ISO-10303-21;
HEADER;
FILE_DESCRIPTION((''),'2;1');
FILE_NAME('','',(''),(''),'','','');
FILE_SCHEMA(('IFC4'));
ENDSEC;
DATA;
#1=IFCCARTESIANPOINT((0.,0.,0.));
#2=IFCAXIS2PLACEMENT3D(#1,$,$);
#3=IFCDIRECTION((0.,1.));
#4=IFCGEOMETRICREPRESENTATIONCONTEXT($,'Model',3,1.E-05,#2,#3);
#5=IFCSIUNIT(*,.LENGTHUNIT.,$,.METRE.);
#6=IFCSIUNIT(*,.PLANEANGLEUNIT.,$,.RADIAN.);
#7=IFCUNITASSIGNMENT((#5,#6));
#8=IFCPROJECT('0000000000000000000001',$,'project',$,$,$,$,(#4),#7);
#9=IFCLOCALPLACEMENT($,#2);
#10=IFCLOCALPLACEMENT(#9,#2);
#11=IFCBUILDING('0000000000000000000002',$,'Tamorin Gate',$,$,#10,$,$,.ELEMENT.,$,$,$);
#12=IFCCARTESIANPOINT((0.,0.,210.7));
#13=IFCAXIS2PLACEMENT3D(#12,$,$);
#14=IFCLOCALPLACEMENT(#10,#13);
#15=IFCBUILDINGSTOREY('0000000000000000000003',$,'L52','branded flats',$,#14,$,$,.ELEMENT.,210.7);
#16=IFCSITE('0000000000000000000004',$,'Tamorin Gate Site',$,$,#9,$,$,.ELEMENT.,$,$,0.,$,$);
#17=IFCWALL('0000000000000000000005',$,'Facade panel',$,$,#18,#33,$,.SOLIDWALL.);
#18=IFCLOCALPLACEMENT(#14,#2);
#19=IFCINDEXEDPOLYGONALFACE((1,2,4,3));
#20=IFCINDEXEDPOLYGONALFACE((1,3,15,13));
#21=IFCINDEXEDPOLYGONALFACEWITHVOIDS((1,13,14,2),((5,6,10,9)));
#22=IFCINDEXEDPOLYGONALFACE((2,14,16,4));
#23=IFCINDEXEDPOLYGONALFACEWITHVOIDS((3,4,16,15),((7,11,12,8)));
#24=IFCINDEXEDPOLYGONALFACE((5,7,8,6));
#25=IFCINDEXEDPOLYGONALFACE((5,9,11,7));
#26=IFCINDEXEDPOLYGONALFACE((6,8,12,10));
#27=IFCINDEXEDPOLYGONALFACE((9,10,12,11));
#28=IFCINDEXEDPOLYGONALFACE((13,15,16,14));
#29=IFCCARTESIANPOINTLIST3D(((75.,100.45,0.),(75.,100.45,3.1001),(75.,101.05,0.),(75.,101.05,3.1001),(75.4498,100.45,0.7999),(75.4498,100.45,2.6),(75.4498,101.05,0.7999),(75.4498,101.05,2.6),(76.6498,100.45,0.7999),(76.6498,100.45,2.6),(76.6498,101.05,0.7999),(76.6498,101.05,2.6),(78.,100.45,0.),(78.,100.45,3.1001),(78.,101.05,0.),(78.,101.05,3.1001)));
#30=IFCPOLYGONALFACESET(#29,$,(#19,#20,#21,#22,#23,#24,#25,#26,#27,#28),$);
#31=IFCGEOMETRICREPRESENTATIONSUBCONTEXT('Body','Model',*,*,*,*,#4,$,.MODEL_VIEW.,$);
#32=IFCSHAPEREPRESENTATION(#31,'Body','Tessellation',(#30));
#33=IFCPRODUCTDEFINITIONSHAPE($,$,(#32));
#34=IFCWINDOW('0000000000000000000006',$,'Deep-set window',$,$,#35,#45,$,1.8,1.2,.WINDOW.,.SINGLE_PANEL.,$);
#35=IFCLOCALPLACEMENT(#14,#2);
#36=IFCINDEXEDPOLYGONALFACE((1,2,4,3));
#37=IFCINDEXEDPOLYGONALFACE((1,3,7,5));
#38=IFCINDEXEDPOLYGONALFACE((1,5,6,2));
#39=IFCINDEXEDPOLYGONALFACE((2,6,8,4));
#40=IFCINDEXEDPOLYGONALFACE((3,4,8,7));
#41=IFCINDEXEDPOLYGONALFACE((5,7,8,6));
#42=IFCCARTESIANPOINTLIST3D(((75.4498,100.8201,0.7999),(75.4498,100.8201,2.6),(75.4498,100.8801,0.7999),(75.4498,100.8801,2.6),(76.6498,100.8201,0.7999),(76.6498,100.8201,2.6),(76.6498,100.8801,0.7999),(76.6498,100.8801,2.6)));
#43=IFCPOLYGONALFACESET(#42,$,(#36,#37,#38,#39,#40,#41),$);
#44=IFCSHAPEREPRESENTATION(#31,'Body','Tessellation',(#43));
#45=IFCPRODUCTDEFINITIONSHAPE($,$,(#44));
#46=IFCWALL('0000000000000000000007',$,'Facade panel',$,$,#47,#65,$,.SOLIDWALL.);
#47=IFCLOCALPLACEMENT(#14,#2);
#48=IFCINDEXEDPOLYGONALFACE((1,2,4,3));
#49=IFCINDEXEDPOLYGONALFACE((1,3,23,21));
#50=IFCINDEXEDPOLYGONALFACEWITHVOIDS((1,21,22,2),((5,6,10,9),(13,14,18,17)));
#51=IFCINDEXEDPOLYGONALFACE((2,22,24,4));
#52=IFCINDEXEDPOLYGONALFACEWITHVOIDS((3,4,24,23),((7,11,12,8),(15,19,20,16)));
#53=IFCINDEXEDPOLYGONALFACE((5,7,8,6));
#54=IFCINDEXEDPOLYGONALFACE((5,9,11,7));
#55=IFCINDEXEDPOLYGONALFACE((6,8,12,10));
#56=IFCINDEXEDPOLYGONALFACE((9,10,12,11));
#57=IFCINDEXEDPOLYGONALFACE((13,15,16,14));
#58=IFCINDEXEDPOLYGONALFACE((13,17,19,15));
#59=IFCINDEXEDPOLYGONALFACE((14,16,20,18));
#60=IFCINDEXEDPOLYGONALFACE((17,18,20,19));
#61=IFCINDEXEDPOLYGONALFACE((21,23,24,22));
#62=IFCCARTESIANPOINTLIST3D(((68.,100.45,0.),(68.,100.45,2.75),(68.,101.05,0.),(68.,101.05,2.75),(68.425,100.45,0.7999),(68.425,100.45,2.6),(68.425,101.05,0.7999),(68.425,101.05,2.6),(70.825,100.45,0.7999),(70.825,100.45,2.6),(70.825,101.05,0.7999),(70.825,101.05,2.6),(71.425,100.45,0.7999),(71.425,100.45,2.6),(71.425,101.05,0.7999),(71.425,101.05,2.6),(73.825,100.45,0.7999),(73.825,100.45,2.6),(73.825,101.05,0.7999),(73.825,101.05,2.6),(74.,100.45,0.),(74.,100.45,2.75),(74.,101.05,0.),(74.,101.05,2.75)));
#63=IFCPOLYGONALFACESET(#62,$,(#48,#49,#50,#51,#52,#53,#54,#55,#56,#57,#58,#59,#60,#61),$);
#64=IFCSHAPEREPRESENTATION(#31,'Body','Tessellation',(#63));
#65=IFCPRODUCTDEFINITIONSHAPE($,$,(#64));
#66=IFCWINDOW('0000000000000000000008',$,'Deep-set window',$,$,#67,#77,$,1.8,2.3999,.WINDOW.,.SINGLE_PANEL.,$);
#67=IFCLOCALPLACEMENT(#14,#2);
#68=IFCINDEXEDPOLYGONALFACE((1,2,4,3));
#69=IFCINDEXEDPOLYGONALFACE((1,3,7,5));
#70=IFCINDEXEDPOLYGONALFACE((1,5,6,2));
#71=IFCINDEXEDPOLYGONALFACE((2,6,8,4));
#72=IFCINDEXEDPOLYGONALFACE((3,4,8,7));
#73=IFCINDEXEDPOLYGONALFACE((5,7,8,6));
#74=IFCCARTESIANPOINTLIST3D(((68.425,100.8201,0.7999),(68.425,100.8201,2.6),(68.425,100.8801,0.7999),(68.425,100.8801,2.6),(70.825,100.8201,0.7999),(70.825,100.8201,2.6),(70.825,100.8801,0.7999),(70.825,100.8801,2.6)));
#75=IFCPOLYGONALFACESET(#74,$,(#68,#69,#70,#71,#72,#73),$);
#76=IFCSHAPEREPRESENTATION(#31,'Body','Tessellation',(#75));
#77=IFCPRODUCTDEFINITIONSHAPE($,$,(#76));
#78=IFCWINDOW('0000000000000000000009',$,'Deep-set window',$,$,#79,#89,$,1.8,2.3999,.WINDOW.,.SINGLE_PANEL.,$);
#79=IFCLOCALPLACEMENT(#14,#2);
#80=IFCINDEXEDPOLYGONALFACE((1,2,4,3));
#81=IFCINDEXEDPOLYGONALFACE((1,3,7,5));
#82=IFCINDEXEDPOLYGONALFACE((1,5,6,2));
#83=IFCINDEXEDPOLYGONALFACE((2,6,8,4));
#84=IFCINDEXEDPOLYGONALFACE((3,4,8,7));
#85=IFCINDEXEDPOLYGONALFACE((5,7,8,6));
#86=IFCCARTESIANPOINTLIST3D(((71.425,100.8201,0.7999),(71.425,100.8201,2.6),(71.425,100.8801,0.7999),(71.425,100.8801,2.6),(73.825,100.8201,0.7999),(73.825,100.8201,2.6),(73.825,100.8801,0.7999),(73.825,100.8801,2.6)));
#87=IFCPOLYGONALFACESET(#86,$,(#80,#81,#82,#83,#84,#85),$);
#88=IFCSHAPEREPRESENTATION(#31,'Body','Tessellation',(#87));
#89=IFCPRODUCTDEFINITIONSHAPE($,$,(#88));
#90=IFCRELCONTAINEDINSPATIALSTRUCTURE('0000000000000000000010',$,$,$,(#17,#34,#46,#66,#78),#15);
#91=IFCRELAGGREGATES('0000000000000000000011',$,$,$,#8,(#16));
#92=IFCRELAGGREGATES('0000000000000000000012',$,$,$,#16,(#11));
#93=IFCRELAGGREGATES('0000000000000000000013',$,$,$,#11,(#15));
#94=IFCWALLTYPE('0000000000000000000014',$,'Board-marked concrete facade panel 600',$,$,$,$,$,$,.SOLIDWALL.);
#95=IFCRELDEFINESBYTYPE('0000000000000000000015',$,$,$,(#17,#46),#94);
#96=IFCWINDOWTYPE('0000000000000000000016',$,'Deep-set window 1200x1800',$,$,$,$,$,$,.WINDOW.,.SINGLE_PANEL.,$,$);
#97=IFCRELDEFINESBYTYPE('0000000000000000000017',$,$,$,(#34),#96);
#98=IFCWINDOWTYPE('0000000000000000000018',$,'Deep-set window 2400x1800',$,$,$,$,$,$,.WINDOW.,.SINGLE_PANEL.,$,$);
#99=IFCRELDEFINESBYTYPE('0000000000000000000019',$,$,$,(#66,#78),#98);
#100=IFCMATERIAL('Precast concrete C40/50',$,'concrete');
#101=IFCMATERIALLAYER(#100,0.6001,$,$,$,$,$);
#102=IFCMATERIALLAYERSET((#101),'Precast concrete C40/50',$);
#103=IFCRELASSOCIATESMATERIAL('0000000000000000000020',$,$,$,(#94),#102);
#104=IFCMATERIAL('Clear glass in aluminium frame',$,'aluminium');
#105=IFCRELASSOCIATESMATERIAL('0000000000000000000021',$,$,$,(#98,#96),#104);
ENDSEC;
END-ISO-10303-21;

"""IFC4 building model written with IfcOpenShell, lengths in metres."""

from ifc_helpers import new_model, si_unit, direction, frame, frame_2d, origin, place, context, subcontext, project, spatial, rectangle, extrude, material, layer, layer_set, type_object, element, fill, save


model = new_model("IFC4")

# Units and contexts
model_context = context("Model", 3, precision=1e-05, world=origin(), true_north=direction((0.0, 1.0)))
body_context = subcontext(model_context, "Body", "Model", "MODEL_VIEW")
ifc_project = project(units=[si_unit("LENGTHUNIT", "METRE"), si_unit("PLANEANGLEUNIT", "RADIAN")], contexts=[model_context])

# Site, building, storey
site_placement = place(None, origin())
site = spatial("IfcSite", under=ifc_project, at=site_placement, Name="Tamorin Gate Site", CompositionType="ELEMENT", RefElevation=0.0)
building_placement = place(site_placement, origin())
building = spatial("IfcBuilding", under=site, at=building_placement, Name="Tamorin Gate", CompositionType="ELEMENT")
storey_placement = place(building_placement, frame((0.0, 0.0, 210.7)))
storey = spatial("IfcBuildingStorey", under=building, at=storey_placement, Name="L52", Description="branded flats", CompositionType="ELEMENT", Elevation=210.7)

# Shared definitions
ifc_material_1 = material(Name="Precast concrete C40/50", Category="concrete")
ifc_layer = layer(ifc_material_1, 0.6001)
ifc_layer_set = layer_set([ifc_layer], Name="Precast concrete C40/50")
wall_type = type_object("IfcWallType", Name="Board-marked concrete facade panel 600", PredefinedType="SOLIDWALL", material=ifc_layer_set)
ifc_material_2 = material(Name="Clear glass in aluminium frame", Category="aluminium")
window_type_1 = type_object("IfcWindowType", Name="Deep-set window 2400x1800", PartitioningType="SINGLE_PANEL", PredefinedType="WINDOW", material=ifc_material_2)
window_type_2 = type_object("IfcWindowType", Name="Deep-set window 1200x1800", PartitioningType="SINGLE_PANEL", PredefinedType="WINDOW", material=ifc_material_2)

# Wall, opening, window
wall_1_placement = place(storey_placement, frame((78.0, 100.75, 0.0), z_axis=(0.0, 0.0, 1.0), x_axis=(-1.0, 0.0, 0.0)))
wall_1 = element("IfcWall", 1, at=wall_1_placement, inside=storey, type_object=wall_type, Name="Facade panel", PredefinedType="SOLIDWALL", context=body_context, shape_type="SweptSolid", body=[
    extrude(rectangle(XDim=3.0, YDim=0.6001, at=frame_2d((1.5, 0.0))), origin(), (0.0, 0.0, 1.0), 3.1001),
])
opening_1_placement = place(wall_1_placement, frame((1.3501, 0.0, 0.8)))
opening_1 = element("IfcOpeningElement", 2, at=opening_1_placement, cuts=wall_1, PredefinedType="OPENING", context=body_context, shape_type="SweptSolid", body=[
    extrude(rectangle(XDim=1.2, YDim=1.8, at=frame_2d((0.6001, 0.8999))), frame((0.0, 0.3101, 0.0), z_axis=(0.0, -1.0, 0.0), x_axis=(1.0, 0.0, 0.0)), (0.0, 0.0, 1.0), 0.6201),
])
window_1_placement = place(opening_1_placement, origin())
window_1 = element("IfcWindow", 3, at=window_1_placement, inside=storey, type_object=window_type_2, Name="Deep-set window", OverallHeight=1.8, OverallWidth=1.2, PartitioningType="SINGLE_PANEL", PredefinedType="WINDOW", context=body_context, shape_type="SweptSolid", body=[
    extrude(rectangle(XDim=1.2, YDim=1.8, at=frame_2d((0.6001, 0.8999))), frame((0.0, -0.0701, 0.0), z_axis=(0.0, -1.0, 0.0), x_axis=(1.0, 0.0, 0.0)), (0.0, 0.0, 1.0), 0.0601),
])
fill(opening_1, window_1)

# Wall, openings, windows
wall_2_placement = place(storey_placement, frame((74.0, 100.75, 0.0), z_axis=(0.0, 0.0, 1.0), x_axis=(-1.0, 0.0, 0.0)))
wall_2 = element("IfcWall", 4, at=wall_2_placement, inside=storey, type_object=wall_type, Name="Facade panel", PredefinedType="SOLIDWALL", context=body_context, shape_type="SweptSolid", body=[
    extrude(rectangle(XDim=6.0, YDim=0.6001, at=frame_2d((3.0, 0.0))), origin(), (0.0, 0.0, 1.0), 2.75),
])
opening_2_placement = place(wall_2_placement, frame((3.175, 0.0, 0.8)))
opening_2 = element("IfcOpeningElement", 5, at=opening_2_placement, cuts=wall_2, PredefinedType="OPENING", context=body_context, shape_type="SweptSolid", body=[
    extrude(rectangle(XDim=2.3999, YDim=1.8, at=frame_2d((1.2, 0.8999))), frame((0.0, 0.3101, 0.0), z_axis=(0.0, -1.0, 0.0), x_axis=(1.0, 0.0, 0.0)), (0.0, 0.0, 1.0), 0.6201),
])
opening_3_placement = place(wall_2_placement, frame((0.175, 0.0, 0.8)))
opening_3 = element("IfcOpeningElement", 6, at=opening_3_placement, cuts=wall_2, PredefinedType="OPENING", context=body_context, shape_type="SweptSolid", body=[
    extrude(rectangle(XDim=2.3999, YDim=1.8, at=frame_2d((1.2, 0.8999))), frame((0.0, 0.3101, 0.0), z_axis=(0.0, -1.0, 0.0), x_axis=(1.0, 0.0, 0.0)), (0.0, 0.0, 1.0), 0.6201),
])
window_2_placement = place(opening_2_placement, origin())
window_2 = element("IfcWindow", 7, at=window_2_placement, inside=storey, type_object=window_type_1, Name="Deep-set window", OverallHeight=1.8, OverallWidth=2.3999, PartitioningType="SINGLE_PANEL", PredefinedType="WINDOW", context=body_context, shape_type="SweptSolid", body=[
    extrude(rectangle(XDim=2.3999, YDim=1.8, at=frame_2d((1.2, 0.8999))), frame((0.0, -0.0701, 0.0), z_axis=(0.0, -1.0, 0.0), x_axis=(1.0, 0.0, 0.0)), (0.0, 0.0, 1.0), 0.0601),
])
fill(opening_2, window_2)
window_3_placement = place(opening_3_placement, origin())
window_3 = element("IfcWindow", 8, at=window_3_placement, inside=storey, type_object=window_type_1, Name="Deep-set window", OverallHeight=1.8, OverallWidth=2.3999, PartitioningType="SINGLE_PANEL", PredefinedType="WINDOW", context=body_context, shape_type="SweptSolid", body=[
    extrude(rectangle(XDim=2.3999, YDim=1.8, at=frame_2d((1.2, 0.8999))), frame((0.0, -0.0701, 0.0), z_axis=(0.0, -1.0, 0.0), x_axis=(1.0, 0.0, 0.0)), (0.0, 0.0, 1.0), 0.0601),
])
fill(opening_3, window_3)

save(model, "model.ifc")
